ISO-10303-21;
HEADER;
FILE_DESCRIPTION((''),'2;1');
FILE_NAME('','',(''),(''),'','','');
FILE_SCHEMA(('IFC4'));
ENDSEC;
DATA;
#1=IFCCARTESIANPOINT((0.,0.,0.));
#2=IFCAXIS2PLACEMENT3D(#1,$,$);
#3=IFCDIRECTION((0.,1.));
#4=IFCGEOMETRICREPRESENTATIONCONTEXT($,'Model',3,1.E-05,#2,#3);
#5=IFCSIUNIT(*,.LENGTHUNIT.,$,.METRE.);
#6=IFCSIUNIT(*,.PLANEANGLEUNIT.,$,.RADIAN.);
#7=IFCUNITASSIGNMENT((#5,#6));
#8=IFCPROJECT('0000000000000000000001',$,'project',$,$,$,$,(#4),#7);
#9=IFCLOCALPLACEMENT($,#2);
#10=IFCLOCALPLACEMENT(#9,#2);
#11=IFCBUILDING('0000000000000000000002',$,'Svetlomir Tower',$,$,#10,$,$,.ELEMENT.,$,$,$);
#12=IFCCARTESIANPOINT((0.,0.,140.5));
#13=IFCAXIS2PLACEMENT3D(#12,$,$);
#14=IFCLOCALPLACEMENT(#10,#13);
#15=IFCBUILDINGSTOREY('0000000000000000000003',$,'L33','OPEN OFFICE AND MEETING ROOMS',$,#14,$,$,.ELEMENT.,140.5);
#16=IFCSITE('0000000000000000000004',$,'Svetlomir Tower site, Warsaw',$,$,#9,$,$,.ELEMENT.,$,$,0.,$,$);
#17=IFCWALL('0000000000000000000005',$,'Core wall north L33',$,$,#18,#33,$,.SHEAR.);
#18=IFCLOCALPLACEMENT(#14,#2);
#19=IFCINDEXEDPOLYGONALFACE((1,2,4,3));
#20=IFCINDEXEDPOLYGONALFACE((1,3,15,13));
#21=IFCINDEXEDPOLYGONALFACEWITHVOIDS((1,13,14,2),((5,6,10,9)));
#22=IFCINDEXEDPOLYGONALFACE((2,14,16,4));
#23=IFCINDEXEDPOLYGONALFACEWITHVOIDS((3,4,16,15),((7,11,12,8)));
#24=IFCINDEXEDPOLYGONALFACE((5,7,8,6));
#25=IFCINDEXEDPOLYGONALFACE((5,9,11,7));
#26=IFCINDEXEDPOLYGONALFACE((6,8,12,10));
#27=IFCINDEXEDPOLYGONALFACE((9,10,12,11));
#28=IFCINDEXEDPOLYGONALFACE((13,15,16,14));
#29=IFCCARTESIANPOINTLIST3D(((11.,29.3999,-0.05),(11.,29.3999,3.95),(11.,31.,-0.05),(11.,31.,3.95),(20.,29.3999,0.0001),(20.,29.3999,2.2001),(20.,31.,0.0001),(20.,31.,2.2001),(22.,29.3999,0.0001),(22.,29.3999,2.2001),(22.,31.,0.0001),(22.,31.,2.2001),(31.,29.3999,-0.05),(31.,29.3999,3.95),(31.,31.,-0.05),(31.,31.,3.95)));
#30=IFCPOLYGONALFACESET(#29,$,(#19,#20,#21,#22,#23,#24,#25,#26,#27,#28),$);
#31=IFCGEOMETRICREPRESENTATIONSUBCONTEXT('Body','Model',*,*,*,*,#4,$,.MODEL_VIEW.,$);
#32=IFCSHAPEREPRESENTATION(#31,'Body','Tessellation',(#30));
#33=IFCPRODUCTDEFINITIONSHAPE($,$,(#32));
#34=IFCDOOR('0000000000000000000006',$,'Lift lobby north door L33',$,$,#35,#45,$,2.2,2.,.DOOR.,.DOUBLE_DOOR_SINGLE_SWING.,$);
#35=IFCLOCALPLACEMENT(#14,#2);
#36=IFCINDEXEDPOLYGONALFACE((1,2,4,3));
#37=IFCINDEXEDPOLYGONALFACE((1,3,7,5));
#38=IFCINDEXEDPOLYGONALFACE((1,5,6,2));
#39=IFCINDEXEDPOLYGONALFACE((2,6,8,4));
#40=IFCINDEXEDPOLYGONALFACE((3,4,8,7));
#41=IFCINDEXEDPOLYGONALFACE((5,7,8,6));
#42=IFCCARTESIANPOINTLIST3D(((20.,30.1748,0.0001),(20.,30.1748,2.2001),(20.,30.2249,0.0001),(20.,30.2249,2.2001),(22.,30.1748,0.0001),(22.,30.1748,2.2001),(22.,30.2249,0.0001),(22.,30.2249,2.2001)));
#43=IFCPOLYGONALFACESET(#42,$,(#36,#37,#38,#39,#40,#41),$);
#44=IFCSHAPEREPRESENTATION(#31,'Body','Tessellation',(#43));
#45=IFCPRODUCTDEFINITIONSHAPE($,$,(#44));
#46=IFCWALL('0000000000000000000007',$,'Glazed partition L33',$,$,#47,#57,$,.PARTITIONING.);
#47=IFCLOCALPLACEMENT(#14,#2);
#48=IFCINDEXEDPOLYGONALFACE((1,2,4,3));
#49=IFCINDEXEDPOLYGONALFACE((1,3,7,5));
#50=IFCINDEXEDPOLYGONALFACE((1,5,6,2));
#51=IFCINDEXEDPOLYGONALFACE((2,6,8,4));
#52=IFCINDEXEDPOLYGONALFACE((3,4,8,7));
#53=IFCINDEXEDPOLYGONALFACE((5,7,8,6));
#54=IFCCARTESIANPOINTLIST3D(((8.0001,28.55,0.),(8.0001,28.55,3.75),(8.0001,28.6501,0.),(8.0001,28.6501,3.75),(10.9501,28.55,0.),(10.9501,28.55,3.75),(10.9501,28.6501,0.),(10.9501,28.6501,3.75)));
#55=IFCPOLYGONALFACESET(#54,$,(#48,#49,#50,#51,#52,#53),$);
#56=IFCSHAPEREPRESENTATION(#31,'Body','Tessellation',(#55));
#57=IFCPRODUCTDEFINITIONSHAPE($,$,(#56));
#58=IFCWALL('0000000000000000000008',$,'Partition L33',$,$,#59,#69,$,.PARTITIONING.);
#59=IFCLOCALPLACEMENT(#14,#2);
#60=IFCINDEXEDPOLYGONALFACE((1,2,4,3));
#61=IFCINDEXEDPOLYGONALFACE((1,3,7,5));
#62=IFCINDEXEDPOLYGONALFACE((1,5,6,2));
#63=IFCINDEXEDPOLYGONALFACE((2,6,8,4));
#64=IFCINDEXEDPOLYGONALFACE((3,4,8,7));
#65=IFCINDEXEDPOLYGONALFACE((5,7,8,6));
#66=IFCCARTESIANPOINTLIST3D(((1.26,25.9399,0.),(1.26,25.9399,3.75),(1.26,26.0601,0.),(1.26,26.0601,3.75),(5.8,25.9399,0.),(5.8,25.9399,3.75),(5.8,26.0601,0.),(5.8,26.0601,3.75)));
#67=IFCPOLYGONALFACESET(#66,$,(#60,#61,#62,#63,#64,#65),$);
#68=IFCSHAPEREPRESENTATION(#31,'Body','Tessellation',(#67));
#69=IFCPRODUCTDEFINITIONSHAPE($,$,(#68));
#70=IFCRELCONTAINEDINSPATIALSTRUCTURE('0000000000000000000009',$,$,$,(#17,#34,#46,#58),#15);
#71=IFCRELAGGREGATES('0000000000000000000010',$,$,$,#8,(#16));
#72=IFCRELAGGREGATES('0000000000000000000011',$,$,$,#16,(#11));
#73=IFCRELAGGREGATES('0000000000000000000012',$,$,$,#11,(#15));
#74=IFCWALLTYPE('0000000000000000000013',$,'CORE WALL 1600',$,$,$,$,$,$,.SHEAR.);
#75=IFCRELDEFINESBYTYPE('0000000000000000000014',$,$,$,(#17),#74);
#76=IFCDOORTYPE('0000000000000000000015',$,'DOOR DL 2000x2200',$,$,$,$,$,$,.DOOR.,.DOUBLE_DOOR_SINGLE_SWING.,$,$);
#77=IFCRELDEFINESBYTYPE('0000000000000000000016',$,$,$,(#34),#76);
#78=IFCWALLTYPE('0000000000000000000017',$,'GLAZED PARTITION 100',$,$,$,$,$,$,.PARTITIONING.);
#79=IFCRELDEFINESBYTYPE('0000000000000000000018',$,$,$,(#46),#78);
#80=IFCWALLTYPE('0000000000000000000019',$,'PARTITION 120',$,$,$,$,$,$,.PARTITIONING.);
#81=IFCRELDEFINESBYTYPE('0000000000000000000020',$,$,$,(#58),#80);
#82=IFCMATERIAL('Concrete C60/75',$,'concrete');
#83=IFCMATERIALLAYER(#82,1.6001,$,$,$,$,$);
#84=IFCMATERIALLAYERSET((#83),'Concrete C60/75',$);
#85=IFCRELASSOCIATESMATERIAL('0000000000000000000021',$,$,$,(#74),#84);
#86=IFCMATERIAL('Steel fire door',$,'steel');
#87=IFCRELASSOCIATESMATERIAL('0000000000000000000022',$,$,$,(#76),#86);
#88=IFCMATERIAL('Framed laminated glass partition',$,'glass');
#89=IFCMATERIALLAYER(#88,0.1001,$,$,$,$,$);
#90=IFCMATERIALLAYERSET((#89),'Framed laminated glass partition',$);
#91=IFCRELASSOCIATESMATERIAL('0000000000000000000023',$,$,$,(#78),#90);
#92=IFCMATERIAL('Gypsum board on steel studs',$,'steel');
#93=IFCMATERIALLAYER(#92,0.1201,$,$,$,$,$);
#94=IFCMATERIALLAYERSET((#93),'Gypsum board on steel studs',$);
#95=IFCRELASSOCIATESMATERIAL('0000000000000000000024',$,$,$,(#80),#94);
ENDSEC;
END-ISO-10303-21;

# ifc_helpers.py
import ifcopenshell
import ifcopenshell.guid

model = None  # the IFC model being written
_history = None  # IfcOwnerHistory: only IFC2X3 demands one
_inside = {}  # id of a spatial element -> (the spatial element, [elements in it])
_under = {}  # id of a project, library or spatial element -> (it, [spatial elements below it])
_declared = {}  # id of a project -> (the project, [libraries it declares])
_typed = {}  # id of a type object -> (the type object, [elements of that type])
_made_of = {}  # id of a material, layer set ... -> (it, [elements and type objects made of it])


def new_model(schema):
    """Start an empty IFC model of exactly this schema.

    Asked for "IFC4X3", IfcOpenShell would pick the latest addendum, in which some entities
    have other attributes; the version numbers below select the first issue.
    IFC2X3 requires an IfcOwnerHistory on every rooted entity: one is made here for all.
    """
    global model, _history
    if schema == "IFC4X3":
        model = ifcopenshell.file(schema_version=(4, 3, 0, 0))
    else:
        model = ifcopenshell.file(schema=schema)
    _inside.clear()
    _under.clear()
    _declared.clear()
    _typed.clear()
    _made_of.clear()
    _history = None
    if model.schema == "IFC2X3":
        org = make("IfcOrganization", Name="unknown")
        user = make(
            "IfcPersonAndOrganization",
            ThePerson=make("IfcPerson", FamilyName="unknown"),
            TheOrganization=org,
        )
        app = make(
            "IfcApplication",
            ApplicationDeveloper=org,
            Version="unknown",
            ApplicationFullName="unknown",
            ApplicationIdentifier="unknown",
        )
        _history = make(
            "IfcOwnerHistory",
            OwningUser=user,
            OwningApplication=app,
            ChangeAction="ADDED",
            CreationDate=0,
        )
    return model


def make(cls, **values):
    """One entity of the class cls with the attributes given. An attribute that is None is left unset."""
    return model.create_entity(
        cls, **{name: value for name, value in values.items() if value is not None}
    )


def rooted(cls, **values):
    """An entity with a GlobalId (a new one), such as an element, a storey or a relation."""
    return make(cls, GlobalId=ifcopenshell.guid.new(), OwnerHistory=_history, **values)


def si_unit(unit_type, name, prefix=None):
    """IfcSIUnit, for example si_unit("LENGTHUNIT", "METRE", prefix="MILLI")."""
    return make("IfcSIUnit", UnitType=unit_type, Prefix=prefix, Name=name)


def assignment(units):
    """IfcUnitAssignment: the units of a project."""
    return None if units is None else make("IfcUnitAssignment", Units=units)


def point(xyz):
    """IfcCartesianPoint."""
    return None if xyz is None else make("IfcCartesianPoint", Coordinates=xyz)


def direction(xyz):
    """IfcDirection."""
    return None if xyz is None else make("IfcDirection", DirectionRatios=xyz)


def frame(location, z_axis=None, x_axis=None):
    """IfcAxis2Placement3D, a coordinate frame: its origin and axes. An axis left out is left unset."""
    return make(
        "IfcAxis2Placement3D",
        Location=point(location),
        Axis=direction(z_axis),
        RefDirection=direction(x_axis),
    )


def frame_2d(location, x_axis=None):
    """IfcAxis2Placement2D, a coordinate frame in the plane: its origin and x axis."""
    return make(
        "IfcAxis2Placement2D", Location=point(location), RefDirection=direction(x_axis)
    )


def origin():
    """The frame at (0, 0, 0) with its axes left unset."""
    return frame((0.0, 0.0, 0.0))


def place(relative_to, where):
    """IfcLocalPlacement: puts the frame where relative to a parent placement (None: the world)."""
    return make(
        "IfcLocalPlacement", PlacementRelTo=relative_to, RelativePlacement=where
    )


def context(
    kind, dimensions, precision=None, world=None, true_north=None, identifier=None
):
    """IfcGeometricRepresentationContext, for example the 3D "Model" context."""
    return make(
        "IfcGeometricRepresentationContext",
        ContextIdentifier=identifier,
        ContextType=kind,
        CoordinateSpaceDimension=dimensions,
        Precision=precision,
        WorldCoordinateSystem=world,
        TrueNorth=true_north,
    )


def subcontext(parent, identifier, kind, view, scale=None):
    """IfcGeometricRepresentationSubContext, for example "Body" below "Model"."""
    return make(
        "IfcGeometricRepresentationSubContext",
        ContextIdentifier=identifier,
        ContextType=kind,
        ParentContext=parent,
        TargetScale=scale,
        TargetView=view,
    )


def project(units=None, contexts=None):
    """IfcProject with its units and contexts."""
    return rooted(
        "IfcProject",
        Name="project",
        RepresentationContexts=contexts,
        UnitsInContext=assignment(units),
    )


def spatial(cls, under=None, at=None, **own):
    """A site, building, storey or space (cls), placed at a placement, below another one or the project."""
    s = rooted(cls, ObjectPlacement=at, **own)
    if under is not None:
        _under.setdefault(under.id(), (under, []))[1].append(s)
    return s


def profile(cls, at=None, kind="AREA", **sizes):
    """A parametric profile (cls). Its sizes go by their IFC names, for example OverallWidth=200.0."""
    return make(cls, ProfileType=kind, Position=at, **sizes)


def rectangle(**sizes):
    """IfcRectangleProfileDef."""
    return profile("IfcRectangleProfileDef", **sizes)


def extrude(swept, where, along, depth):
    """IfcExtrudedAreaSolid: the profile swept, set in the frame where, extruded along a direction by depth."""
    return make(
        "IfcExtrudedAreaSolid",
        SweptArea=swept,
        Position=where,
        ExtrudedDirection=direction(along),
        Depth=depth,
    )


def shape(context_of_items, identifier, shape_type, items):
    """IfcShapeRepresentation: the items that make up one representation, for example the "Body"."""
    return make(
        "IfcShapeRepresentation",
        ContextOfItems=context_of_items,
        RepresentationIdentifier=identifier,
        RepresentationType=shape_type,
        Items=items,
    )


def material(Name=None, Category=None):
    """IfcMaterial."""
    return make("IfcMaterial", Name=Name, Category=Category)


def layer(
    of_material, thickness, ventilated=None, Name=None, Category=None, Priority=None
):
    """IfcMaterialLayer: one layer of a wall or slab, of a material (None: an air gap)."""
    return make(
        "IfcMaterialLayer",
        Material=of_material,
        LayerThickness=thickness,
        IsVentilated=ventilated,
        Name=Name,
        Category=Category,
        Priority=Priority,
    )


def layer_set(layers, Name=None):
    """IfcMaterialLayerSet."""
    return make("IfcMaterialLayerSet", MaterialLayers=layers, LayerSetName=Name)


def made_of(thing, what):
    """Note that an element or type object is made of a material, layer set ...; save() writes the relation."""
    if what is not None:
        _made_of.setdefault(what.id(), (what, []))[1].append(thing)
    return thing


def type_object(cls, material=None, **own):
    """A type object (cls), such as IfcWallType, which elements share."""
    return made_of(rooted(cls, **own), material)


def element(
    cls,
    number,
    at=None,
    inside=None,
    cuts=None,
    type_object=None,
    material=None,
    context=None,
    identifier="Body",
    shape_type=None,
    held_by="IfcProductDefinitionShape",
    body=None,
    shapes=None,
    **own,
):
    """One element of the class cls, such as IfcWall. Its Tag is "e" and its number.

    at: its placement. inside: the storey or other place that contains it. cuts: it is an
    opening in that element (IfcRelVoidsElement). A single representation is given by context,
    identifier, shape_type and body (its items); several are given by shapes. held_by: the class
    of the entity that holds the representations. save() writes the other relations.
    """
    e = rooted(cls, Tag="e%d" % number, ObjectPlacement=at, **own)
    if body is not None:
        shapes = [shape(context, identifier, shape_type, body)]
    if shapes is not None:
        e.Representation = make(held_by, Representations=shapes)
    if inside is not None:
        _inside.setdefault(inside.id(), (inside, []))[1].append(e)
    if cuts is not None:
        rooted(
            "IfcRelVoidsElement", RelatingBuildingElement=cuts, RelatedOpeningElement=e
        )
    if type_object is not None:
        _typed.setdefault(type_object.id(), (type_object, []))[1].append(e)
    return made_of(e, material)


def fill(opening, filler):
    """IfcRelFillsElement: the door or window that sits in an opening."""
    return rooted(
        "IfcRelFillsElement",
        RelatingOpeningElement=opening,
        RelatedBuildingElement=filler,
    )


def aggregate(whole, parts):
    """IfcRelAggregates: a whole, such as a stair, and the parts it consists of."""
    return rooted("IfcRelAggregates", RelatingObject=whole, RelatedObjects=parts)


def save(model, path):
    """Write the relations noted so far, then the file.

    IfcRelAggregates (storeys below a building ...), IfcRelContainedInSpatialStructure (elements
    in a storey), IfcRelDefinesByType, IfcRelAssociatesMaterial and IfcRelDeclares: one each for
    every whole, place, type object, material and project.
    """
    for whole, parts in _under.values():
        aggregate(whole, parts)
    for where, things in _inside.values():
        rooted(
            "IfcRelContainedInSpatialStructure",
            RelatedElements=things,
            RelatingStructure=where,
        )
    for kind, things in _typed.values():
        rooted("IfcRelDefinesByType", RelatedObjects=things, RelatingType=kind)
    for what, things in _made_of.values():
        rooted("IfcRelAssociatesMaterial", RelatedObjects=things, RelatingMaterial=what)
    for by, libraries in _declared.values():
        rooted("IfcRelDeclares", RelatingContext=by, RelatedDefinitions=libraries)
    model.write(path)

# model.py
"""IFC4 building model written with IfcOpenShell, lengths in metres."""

from ifc_helpers import new_model, si_unit, direction, frame, frame_2d, origin, place, context, subcontext, project, spatial, rectangle, extrude, material, layer, layer_set, type_object, element, fill, save


model = new_model("IFC4")

# Units and contexts
model_context = context("Model", 3, precision=1e-05, world=origin(), true_north=direction((0.0, 1.0)))
body_context = subcontext(model_context, "Body", "Model", "MODEL_VIEW")
ifc_project = project(units=[si_unit("LENGTHUNIT", "METRE"), si_unit("PLANEANGLEUNIT", "RADIAN")], contexts=[model_context])

# Site, building, storey
site_placement = place(None, origin())
site = spatial("IfcSite", under=ifc_project, at=site_placement, Name="Svetlomir Tower site, Warsaw", CompositionType="ELEMENT", RefElevation=0.0)
building_placement = place(site_placement, origin())
building = spatial("IfcBuilding", under=site, at=building_placement, Name="Svetlomir Tower", CompositionType="ELEMENT")
storey_placement = place(building_placement, frame((0.0, 0.0, 140.5)))
storey = spatial("IfcBuildingStorey", under=building, at=storey_placement, Name="L33", Description="OPEN OFFICE AND MEETING ROOMS", CompositionType="ELEMENT", Elevation=140.5)

# Wall, opening, door
ifc_material_1 = material(Name="Concrete C60/75", Category="concrete")
ifc_layer_1 = layer(ifc_material_1, 1.6001)
ifc_layer_set_1 = layer_set([ifc_layer_1], Name="Concrete C60/75")
wall_type_1 = type_object("IfcWallType", Name="CORE WALL 1600", PredefinedType="SHEAR", material=ifc_layer_set_1)
wall_1_placement = place(storey_placement, frame((11.0, 30.2, -0.05), z_axis=(0.0, 0.0, 1.0), x_axis=(1.0, 0.0, 0.0)))
wall_1 = element("IfcWall", 1, at=wall_1_placement, inside=storey, type_object=wall_type_1, Name="Core wall north L33", PredefinedType="SHEAR", context=body_context, shape_type="SweptSolid", body=[
    extrude(rectangle(XDim=20.0, YDim=1.6001, at=frame_2d((10.0, 0.0))), origin(), (0.0, 0.0, 1.0), 4.0),
])
opening_placement = place(wall_1_placement, frame((9.0, 0.0, 0.05)))
opening = element("IfcOpeningElement", 2, at=opening_placement, cuts=wall_1, PredefinedType="OPENING", context=body_context, shape_type="SweptSolid", body=[
    extrude(rectangle(XDim=2.0, YDim=2.2, at=frame_2d((1.0, 1.1001))), frame((0.0, 0.8101, 0.0), z_axis=(0.0, -1.0, 0.0), x_axis=(1.0, 0.0, 0.0)), (0.0, 0.0, 1.0), 1.6201),
])
ifc_material_2 = material(Name="Steel fire door", Category="steel")
door_type = type_object("IfcDoorType", Name="DOOR DL 2000x2200", OperationType="DOUBLE_DOOR_SINGLE_SWING", PredefinedType="DOOR", material=ifc_material_2)
door_placement = place(opening_placement, origin())
door = element("IfcDoor", 3, at=door_placement, inside=storey, type_object=door_type, Name="Lift lobby north door L33", OperationType="DOUBLE_DOOR_SINGLE_SWING", OverallHeight=2.2, OverallWidth=2.0, PredefinedType="DOOR", context=body_context, shape_type="SweptSolid", body=[
    extrude(rectangle(XDim=2.0, YDim=2.2, at=frame_2d((1.0, 1.1001))), frame((0.0, 0.0249, 0.0), z_axis=(0.0, -1.0, 0.0), x_axis=(1.0, 0.0, 0.0)), (0.0, 0.0, 1.0), 0.05),
])
fill(opening, door)

# Walls
ifc_material_3 = material(Name="Framed laminated glass partition", Category="glass")
ifc_layer_2 = layer(ifc_material_3, 0.1001)
ifc_layer_set_2 = layer_set([ifc_layer_2], Name="Framed laminated glass partition")
wall_type_2 = type_object("IfcWallType", Name="GLAZED PARTITION 100", PredefinedType="PARTITIONING", material=ifc_layer_set_2)
wall_2_placement = place(storey_placement, frame((8.0, 28.6001, 0.0), z_axis=(0.0, 0.0, 1.0), x_axis=(1.0, 0.0, 0.0)))
element("IfcWall", 4, at=wall_2_placement, inside=storey, type_object=wall_type_2, Name="Glazed partition L33", PredefinedType="PARTITIONING", context=body_context, shape_type="SweptSolid", body=[
    extrude(rectangle(XDim=2.95, YDim=0.1001, at=frame_2d((1.4751, 0.0))), origin(), (0.0, 0.0, 1.0), 3.75),
])
ifc_material_4 = material(Name="Gypsum board on steel studs", Category="steel")
ifc_layer_3 = layer(ifc_material_4, 0.1201)
ifc_layer_set_3 = layer_set([ifc_layer_3], Name="Gypsum board on steel studs")
wall_type_3 = type_object("IfcWallType", Name="PARTITION 120", PredefinedType="PARTITIONING", material=ifc_layer_set_3)
wall_3_placement = place(storey_placement, frame((1.26, 26.0, 0.0), z_axis=(0.0, 0.0, 1.0), x_axis=(1.0, 0.0, 0.0)))
element("IfcWall", 5, at=wall_3_placement, inside=storey, type_object=wall_type_3, Name="Partition L33", PredefinedType="PARTITIONING", context=body_context, shape_type="SweptSolid", body=[
    extrude(rectangle(XDim=4.54, YDim=0.1201, at=frame_2d((2.27, 0.0))), origin(), (0.0, 0.0, 1.0), 3.75),
])

save(model, "model.ifc")
